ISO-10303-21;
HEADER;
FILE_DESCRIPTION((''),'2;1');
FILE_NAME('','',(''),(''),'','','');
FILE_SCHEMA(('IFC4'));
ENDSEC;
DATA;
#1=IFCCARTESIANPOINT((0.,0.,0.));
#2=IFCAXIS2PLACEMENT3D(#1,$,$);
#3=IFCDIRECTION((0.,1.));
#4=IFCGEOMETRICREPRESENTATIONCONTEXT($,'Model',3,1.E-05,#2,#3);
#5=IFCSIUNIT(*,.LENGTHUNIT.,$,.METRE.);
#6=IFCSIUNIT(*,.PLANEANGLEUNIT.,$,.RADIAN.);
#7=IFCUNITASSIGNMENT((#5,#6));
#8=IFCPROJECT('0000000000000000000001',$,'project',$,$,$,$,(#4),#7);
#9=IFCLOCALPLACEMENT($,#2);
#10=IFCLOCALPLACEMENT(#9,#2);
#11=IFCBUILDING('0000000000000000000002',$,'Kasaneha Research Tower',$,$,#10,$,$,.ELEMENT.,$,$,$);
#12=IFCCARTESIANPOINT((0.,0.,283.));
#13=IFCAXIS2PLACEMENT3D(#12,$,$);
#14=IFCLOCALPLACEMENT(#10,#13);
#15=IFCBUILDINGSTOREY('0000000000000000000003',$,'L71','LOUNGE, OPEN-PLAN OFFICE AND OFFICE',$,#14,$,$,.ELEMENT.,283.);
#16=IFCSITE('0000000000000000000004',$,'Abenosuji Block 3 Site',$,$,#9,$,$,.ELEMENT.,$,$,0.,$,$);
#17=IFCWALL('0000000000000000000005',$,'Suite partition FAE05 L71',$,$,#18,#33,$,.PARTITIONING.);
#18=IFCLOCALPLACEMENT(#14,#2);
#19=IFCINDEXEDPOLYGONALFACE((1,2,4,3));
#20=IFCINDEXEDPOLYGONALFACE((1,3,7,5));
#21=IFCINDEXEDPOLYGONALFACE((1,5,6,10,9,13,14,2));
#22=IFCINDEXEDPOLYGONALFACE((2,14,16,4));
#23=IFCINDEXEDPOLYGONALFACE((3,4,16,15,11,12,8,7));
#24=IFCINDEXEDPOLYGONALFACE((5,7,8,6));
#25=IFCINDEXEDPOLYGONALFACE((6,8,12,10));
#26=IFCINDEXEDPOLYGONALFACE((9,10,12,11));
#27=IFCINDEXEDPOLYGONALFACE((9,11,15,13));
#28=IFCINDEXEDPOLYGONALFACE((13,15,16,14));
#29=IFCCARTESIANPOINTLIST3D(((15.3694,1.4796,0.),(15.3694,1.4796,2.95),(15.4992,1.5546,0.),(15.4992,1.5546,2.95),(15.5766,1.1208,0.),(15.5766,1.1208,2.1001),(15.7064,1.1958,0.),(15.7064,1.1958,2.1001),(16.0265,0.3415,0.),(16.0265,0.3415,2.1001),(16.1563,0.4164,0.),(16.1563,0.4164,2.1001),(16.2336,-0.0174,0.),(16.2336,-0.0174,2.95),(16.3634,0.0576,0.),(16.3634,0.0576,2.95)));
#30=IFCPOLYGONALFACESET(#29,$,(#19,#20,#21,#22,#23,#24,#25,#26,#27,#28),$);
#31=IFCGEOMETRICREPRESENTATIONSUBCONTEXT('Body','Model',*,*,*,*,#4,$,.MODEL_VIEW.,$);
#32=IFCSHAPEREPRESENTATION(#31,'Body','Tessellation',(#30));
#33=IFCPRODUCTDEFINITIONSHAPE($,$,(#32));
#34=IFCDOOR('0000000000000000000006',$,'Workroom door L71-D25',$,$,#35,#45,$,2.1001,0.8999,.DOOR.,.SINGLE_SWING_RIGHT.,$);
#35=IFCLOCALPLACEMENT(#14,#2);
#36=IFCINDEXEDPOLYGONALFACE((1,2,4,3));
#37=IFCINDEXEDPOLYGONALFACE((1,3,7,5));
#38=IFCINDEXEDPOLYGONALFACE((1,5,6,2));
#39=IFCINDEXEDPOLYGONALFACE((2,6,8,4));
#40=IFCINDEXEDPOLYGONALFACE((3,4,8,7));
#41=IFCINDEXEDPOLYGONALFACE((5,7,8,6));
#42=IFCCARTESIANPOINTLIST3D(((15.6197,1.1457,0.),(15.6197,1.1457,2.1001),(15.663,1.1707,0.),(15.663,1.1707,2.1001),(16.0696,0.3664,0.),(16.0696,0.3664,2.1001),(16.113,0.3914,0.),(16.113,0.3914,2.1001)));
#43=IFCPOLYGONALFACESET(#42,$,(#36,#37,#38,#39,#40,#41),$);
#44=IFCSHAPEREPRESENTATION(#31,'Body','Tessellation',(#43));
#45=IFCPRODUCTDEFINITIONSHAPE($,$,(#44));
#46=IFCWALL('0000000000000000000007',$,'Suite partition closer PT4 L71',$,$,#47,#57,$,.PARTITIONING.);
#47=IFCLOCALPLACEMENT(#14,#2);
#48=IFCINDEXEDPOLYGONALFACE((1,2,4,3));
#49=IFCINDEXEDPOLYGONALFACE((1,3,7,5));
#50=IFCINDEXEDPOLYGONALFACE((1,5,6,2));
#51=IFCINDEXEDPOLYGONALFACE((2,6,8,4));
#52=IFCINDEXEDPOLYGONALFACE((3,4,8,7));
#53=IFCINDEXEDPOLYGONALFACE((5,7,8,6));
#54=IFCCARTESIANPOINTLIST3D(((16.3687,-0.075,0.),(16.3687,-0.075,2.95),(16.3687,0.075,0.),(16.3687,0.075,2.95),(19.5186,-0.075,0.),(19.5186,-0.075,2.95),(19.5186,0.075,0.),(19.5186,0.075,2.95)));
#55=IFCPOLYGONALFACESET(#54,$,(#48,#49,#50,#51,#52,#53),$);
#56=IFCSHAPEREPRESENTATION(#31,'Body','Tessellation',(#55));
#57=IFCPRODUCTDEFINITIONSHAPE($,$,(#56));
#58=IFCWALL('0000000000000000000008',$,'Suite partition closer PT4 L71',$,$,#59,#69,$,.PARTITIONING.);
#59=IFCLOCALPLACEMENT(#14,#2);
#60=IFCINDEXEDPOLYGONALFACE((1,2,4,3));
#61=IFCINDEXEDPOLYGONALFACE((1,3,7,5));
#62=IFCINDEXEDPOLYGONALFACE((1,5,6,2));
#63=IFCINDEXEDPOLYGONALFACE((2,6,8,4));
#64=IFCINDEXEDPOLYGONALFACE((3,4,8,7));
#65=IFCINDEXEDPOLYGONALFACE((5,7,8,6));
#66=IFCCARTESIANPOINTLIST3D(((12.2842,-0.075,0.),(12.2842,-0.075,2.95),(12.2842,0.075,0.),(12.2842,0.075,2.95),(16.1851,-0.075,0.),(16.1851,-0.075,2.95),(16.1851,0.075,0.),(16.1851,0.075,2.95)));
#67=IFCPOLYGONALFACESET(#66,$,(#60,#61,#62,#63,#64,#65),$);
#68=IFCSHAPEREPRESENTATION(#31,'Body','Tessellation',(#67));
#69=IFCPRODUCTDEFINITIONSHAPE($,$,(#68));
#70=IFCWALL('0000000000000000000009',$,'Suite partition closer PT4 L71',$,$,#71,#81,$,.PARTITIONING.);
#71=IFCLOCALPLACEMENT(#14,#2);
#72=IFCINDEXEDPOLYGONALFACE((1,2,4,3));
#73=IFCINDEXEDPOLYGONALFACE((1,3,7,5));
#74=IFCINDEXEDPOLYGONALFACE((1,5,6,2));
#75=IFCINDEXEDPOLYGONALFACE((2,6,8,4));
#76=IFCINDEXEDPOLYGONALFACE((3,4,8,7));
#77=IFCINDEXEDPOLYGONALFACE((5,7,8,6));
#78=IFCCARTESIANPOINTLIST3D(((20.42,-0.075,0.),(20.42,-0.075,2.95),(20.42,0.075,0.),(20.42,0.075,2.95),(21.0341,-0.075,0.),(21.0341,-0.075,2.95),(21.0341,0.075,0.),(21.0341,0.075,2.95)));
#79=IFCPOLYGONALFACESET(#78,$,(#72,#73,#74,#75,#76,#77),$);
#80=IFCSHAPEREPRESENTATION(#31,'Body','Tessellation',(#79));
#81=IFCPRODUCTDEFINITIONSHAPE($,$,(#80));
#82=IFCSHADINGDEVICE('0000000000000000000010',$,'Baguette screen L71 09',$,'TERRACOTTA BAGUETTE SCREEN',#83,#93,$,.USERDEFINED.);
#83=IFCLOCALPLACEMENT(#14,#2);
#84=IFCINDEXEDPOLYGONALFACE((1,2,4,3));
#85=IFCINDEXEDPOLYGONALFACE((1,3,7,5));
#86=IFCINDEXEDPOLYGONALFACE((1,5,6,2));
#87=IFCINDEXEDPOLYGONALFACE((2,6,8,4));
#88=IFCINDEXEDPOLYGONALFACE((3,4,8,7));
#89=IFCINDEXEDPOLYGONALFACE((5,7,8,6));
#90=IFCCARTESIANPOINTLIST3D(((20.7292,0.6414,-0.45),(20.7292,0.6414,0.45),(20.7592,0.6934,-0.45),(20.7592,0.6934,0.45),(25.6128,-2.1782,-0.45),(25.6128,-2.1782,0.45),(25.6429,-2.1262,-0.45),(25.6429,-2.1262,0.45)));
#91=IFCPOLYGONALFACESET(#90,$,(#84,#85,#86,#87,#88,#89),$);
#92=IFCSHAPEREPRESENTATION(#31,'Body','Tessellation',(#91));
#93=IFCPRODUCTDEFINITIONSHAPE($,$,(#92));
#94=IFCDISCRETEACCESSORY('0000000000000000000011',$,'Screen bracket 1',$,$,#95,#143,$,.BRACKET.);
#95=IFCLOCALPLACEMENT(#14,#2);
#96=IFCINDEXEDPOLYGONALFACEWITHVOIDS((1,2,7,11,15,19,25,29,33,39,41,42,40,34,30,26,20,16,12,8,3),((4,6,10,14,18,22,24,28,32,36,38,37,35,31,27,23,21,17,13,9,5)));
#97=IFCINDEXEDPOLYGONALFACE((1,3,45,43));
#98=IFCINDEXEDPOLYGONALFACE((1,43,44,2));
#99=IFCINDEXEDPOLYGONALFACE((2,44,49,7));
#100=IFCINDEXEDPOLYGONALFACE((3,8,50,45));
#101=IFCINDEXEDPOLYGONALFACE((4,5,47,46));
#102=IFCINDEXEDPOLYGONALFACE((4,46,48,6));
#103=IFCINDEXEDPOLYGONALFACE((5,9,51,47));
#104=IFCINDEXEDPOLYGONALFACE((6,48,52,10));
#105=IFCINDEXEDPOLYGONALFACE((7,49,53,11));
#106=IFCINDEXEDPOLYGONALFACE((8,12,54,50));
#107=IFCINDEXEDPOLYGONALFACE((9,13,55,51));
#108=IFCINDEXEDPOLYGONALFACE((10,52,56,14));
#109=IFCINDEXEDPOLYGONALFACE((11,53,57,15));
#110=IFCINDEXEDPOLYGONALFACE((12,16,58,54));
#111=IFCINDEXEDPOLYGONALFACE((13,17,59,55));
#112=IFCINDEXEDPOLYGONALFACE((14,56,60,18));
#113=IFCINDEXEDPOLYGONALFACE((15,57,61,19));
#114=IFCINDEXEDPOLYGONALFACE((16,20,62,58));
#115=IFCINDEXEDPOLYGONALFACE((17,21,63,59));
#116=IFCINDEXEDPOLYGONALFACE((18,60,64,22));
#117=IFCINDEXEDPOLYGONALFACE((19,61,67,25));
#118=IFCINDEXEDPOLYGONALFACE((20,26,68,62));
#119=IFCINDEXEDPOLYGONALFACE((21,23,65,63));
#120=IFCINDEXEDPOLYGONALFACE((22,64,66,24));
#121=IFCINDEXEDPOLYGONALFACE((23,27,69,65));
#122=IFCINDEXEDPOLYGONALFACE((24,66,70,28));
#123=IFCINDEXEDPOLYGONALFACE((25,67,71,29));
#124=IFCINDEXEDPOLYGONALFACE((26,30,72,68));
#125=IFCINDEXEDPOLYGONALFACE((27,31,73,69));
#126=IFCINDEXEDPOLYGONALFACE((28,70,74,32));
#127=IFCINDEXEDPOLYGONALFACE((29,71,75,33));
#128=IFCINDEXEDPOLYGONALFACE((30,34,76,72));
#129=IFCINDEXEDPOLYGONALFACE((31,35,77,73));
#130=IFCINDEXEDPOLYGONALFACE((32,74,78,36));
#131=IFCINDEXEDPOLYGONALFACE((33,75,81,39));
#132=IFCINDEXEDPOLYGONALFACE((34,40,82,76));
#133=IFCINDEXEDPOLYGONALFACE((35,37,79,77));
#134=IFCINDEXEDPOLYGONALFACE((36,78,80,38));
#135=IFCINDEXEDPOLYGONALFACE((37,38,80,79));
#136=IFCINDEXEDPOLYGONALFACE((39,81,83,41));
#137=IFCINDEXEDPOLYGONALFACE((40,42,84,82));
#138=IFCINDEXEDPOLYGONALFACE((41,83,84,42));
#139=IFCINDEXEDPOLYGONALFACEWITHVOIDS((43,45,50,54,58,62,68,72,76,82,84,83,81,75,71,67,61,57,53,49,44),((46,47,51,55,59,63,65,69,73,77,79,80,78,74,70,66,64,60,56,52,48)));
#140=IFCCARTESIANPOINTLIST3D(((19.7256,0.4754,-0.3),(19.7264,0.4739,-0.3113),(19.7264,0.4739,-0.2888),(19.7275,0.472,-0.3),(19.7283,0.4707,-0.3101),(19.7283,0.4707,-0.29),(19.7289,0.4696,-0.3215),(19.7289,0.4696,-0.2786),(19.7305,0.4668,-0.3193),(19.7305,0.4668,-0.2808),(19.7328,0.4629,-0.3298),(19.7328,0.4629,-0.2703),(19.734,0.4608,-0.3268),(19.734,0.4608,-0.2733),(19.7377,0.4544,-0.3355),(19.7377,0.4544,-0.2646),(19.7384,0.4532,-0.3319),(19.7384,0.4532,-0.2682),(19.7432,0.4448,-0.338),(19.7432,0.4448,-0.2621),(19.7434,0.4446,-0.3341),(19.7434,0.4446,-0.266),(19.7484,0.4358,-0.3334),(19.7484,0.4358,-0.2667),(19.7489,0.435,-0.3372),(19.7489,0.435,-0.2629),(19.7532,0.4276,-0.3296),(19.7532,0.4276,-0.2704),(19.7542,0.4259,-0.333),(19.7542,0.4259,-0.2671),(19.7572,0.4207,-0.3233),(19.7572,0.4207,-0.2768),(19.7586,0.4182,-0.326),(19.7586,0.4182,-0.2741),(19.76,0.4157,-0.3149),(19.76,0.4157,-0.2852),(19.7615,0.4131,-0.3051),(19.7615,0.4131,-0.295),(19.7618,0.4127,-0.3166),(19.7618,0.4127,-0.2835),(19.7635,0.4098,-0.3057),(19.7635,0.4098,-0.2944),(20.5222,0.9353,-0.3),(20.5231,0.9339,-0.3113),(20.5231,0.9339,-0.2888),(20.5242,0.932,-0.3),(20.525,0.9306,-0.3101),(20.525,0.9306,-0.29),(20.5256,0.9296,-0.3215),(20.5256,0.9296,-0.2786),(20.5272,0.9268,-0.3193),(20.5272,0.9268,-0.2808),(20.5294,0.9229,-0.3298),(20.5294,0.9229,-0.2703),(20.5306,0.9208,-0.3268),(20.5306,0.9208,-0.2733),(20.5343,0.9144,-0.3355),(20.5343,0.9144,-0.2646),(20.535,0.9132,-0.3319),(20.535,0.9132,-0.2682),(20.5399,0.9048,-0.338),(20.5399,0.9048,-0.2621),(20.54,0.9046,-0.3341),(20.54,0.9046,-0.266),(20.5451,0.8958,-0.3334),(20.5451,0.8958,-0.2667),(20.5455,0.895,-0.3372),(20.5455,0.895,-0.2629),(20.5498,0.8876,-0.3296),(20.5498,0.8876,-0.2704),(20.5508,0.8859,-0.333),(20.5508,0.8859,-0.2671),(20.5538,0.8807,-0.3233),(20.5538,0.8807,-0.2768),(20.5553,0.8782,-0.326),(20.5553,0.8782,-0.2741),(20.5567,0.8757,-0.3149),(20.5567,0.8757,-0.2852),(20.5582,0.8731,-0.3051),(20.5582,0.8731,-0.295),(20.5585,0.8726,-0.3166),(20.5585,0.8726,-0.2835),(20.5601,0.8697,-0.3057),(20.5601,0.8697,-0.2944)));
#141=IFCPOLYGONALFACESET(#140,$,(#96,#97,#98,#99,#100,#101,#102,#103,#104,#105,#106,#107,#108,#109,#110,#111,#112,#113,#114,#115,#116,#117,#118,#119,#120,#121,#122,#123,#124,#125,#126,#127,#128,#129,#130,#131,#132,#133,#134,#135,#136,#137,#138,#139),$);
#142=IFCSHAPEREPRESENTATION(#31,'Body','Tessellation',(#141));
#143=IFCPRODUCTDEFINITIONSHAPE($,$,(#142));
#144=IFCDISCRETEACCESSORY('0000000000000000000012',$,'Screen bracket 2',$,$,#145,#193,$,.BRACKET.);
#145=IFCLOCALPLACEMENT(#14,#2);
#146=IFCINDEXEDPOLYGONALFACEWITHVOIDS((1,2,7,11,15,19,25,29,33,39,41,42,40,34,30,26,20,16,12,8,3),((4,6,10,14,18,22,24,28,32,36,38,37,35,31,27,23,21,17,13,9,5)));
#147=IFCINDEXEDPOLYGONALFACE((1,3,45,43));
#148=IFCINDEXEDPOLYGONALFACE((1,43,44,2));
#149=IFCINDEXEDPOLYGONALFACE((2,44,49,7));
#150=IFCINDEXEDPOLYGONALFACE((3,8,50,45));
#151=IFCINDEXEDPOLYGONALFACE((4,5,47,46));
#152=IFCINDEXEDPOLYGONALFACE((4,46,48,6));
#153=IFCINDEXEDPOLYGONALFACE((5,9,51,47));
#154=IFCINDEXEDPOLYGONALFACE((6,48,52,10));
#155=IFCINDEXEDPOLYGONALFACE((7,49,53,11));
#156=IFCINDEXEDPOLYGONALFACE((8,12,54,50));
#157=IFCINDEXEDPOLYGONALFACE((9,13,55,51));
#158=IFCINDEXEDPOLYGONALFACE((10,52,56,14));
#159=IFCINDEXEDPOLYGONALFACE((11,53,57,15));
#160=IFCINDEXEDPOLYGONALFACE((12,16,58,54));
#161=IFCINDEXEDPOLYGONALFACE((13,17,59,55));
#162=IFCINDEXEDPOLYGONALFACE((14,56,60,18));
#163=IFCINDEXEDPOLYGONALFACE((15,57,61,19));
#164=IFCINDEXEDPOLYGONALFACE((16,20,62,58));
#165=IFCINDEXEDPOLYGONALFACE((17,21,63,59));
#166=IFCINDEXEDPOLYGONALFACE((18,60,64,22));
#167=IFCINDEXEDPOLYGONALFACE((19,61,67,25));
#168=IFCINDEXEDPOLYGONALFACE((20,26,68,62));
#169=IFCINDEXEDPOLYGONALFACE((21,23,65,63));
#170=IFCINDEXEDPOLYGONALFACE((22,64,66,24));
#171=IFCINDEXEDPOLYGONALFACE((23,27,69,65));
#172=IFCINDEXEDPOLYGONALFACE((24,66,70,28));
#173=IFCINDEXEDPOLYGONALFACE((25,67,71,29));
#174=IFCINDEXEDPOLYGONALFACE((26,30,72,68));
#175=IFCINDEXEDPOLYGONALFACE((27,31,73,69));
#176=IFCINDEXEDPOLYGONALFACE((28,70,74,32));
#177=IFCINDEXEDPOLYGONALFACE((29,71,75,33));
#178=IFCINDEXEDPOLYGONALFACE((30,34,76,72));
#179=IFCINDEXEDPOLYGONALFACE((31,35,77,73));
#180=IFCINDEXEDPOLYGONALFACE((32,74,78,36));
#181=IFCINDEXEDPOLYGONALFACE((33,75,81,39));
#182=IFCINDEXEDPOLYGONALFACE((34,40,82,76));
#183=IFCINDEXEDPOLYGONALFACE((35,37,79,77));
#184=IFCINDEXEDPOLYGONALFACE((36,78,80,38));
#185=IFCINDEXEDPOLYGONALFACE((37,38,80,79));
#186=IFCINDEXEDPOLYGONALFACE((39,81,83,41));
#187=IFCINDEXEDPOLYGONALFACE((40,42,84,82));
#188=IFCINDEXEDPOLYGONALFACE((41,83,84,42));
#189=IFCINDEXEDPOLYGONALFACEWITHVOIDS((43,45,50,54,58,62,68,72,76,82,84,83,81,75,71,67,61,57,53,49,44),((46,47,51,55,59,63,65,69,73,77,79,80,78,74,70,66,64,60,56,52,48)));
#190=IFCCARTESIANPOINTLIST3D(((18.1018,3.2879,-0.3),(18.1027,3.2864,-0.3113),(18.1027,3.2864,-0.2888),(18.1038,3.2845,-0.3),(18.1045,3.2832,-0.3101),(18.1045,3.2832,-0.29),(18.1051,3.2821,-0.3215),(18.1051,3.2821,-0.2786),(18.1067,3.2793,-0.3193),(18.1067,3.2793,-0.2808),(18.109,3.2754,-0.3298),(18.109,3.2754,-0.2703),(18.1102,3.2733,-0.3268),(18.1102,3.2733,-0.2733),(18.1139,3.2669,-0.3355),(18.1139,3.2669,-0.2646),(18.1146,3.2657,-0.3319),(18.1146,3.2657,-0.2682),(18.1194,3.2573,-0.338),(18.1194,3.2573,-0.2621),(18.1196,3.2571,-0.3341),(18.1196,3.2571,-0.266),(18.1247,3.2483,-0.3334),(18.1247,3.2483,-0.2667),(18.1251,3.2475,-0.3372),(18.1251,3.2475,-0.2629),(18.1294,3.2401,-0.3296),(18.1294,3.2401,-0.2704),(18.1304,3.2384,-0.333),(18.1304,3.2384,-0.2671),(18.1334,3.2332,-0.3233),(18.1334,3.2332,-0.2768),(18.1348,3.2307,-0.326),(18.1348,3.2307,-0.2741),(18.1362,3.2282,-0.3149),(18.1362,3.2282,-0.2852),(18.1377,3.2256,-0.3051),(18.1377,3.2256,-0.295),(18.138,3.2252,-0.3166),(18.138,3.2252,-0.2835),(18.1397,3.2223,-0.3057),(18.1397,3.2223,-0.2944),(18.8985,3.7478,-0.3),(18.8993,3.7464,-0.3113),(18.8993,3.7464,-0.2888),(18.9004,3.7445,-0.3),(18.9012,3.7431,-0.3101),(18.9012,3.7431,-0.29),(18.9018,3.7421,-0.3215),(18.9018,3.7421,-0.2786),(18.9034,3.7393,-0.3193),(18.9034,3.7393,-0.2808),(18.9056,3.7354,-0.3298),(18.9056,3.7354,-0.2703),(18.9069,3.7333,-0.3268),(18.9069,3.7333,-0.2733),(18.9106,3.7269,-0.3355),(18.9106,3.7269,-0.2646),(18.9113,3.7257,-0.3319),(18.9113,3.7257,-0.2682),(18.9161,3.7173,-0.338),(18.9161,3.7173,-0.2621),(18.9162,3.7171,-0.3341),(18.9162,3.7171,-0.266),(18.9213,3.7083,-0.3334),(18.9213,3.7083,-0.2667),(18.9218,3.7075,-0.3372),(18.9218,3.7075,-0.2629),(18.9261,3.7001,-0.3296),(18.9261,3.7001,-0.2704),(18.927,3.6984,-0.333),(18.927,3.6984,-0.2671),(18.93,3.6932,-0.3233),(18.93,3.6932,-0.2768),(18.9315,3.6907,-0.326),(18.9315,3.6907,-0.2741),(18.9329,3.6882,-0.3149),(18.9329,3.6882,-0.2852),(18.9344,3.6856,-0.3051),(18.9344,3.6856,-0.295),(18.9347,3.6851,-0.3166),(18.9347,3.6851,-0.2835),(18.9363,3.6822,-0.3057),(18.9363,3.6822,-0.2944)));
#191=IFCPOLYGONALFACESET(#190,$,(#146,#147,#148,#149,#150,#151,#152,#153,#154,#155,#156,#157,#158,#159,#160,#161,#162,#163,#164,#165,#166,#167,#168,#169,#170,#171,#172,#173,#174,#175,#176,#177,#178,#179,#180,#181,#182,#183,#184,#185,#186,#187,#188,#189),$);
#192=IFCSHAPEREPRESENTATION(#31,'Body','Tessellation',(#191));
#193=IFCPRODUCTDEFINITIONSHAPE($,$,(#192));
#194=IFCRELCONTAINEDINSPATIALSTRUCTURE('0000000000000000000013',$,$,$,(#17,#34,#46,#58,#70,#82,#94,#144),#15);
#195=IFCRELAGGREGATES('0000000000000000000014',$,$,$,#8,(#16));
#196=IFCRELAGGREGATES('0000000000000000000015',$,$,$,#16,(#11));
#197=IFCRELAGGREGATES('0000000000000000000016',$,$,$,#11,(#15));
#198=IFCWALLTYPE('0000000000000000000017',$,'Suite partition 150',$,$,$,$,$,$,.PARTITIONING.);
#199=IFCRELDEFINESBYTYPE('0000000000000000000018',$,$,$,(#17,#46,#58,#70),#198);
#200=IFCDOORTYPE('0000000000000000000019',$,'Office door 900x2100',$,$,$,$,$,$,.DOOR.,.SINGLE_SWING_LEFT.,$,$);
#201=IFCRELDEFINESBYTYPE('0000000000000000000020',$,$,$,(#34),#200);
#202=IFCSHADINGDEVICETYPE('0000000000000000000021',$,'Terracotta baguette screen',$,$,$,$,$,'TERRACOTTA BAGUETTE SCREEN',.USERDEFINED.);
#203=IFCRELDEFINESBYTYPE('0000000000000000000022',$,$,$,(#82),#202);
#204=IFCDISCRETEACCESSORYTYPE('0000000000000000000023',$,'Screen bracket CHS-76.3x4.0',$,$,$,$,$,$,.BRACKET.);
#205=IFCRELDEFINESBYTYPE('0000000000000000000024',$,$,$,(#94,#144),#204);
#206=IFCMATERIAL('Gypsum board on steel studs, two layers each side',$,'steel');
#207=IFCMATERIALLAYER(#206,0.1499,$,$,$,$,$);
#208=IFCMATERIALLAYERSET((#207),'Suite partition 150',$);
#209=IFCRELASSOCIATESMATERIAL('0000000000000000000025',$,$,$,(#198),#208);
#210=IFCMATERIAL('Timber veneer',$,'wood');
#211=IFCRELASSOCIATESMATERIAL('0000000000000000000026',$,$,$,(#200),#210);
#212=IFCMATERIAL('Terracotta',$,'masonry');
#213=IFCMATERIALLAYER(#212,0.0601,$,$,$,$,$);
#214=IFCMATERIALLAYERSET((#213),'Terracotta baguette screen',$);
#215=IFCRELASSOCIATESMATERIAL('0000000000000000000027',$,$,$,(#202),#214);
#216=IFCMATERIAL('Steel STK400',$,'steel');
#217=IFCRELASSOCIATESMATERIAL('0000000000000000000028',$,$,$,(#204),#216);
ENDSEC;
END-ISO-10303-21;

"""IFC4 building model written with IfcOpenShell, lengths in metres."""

from ifc_helpers import new_model, si_unit, direction, frame, frame_2d, origin, origin_2d, place, context, subcontext, project, spatial, rectangle, hollow_circle, extrude, material, layer, layer_set, material_profile, profile_set, type_object, element, fill, save


model = new_model("IFC4")

# Units and contexts
model_context = context("Model", 3, precision=1e-05, world=origin(), true_north=direction((0.0, 1.0)))
body_context = subcontext(model_context, "Body", "Model", "MODEL_VIEW")
ifc_project = project(units=[si_unit("LENGTHUNIT", "METRE"), si_unit("PLANEANGLEUNIT", "RADIAN")], contexts=[model_context])

# Site, building, storey
site_placement = place(None, origin())
site = spatial("IfcSite", under=ifc_project, at=site_placement, Name="Abenosuji Block 3 Site", CompositionType="ELEMENT", RefElevation=0.0)
building_placement = place(site_placement, origin())
building = spatial("IfcBuilding", under=site, at=building_placement, Name="Kasaneha Research Tower", CompositionType="ELEMENT")
storey_placement = place(building_placement, frame((0.0, 0.0, 283.0)))
storey = spatial("IfcBuildingStorey", under=building, at=storey_placement, Name="L71", Description="LOUNGE, OPEN-PLAN OFFICE AND OFFICE", CompositionType="ELEMENT", Elevation=283.0)

# Wall, opening, door
ifc_material_1 = material(Name="Gypsum board on steel studs, two layers each side", Category="steel")
ifc_layer_1 = layer(ifc_material_1, 0.1499)
ifc_layer_set_1 = layer_set([ifc_layer_1], Name="Suite partition 150")
wall_type_1 = type_object("IfcWallType", Name="Suite partition 150", PredefinedType="PARTITIONING", material=ifc_layer_set_1)
wall_1_placement = place(storey_placement, frame((15.4343, 1.5171, 0.0), z_axis=(0.0, 0.0, 1.0), x_axis=(0.499967, -0.866044, 0.0)))
wall_1 = element("IfcWall", 1, at=wall_1_placement, inside=storey, type_object=wall_type_1, Name="Suite partition FAE05 L71", PredefinedType="PARTITIONING", context=body_context, shape_type="SweptSolid", body=[
    extrude(rectangle(XDim=1.7285, YDim=0.1499, at=frame_2d((0.8643, 0.0))), origin(), (0.0, 0.0, 1.0), 2.95),
])
opening_1_placement = place(wall_1_placement, frame((0.4143, 0.0, 0.0)))
opening_1 = element("IfcOpeningElement", 2, at=opening_1_placement, cuts=wall_1, PredefinedType="OPENING", context=body_context, shape_type="SweptSolid", body=[
    extrude(rectangle(XDim=0.8999, YDim=2.1001, at=frame_2d((0.45, 1.05))), frame((0.0, 0.085, 0.0), z_axis=(0.0, -1.0, 0.0), x_axis=(1.0, 0.0, 0.0)), (0.0, 0.0, 1.0), 0.1699),
])
ifc_material_2 = material(Name="Timber veneer", Category="wood")
door_type_1 = type_object("IfcDoorType", Name="Office door 900x2100", OperationType="SINGLE_SWING_LEFT", PredefinedType="DOOR", material=ifc_material_2)
door_1_placement = place(opening_1_placement, origin())
door_1 = element("IfcDoor", 3, at=door_1_placement, inside=storey, type_object=door_type_1, Name="Workroom door L71-D25", OperationType="SINGLE_SWING_RIGHT", OverallHeight=2.1001, OverallWidth=0.8999, PredefinedType="DOOR", context=body_context, shape_type="SweptSolid", body=[
    extrude(rectangle(XDim=0.8999, YDim=2.1001, at=frame_2d((0.45, 1.05))), frame((0.0, 0.0249, 0.0), z_axis=(0.0, -1.0, 0.0), x_axis=(1.0, 0.0, 0.0)), (0.0, 0.0, 1.0), 0.05),
])
fill(opening_1, door_1)

# Walls
wall_2_placement = place(storey_placement, frame((19.5186, 0.0, 0.0), z_axis=(0.0, 0.0, 1.0), x_axis=(-1.0, 0.0, 0.0)))
element("IfcWall", 4, at=wall_2_placement, inside=storey, type_object=wall_type_1, Name="Suite partition closer PT4 L71", PredefinedType="PARTITIONING", context=body_context, shape_type="SweptSolid", body=[
    extrude(rectangle(XDim=3.1499, YDim=0.1499, at=frame_2d((1.575, 0.0))), origin(), (0.0, 0.0, 1.0), 2.95),
])
wall_3_placement = place(storey_placement, frame((12.2842, 0.0, 0.0), z_axis=(0.0, 0.0, 1.0), x_axis=(1.0, 0.0, 0.0)))
element("IfcWall", 5, at=wall_3_placement, inside=storey, type_object=wall_type_1, Name="Suite partition closer PT4 L71", PredefinedType="PARTITIONING", context=body_context, shape_type="SweptSolid", body=[
    extrude(rectangle(XDim=3.9009, YDim=0.1499, at=frame_2d((1.9504, 0.0))), origin(), (0.0, 0.0, 1.0), 2.95),
])
wall_4_placement = place(storey_placement, frame((20.4199, 0.0, 0.0), z_axis=(0.0, 0.0, 1.0), x_axis=(1.0, 0.0, 0.0)))
element("IfcWall", 6, at=wall_4_placement, inside=storey, type_object=wall_type_1, Name="Suite partition closer PT4 L71", PredefinedType="PARTITIONING", context=body_context, shape_type="SweptSolid", body=[
    extrude(rectangle(XDim=0.614, YDim=0.1499, at=frame_2d((0.3071, 0.0))), origin(), (0.0, 0.0, 1.0), 2.95),
])

# Shading device
ifc_material_3 = material(Name="Terracotta", Category="masonry")
ifc_layer_2 = layer(ifc_material_3, 0.0601)
ifc_layer_set_2 = layer_set([ifc_layer_2], Name="Terracotta baguette screen")
shading_device_type = type_object("IfcShadingDeviceType", Name="Terracotta baguette screen", ElementType="TERRACOTTA BAGUETTE SCREEN", PredefinedType="USERDEFINED", material=ifc_layer_set_2)
shading_device_placement = place(storey_placement, frame((23.186, -0.7424, -0.45), z_axis=(0.0, 0.0, 1.0), x_axis=(-0.866025, 0.5, 0.0)))
element("IfcShadingDevice", 7, at=shading_device_placement, inside=storey, type_object=shading_device_type, Name="Baguette screen L71 09", ObjectType="TERRACOTTA BAGUETTE SCREEN", PredefinedType="USERDEFINED", context=body_context, shape_type="SweptSolid", body=[
    extrude(rectangle(XDim=5.6392, YDim=0.0601, at=origin_2d()), origin(), (0.0, 0.0, 1.0), 0.8999),
])

# Discrete accessories
ifc_material_4 = material(Name="Steel STK400", Category="steel")
ifc_material_profile_1 = material_profile(ifc_material_4, hollow_circle(Radius=0.0381, WallThickness=0.0039, at=origin_2d()), Name="CHS-76.3x4.0")
ifc_profile_set_1 = profile_set([ifc_material_profile_1], Name="Steel STK400")
discrete_accessory_type = type_object("IfcDiscreteAccessoryType", Name="Screen bracket CHS-76.3x4.0", PredefinedType="BRACKET", material=ifc_profile_set_1)
for number, where, z_axis, x_axis, name in (
    (8, (19.7446, 0.4424, -0.3), (0.866013, 0.500021, 0.0), (-0.500021, 0.866013, 0.0), "Screen bracket 1"),
    (9, (18.1208, 3.2549, -0.3), (0.866013, 0.500021, 0.0), (-0.500021, 0.866013, 0.0), "Screen bracket 2"),
):
    element("IfcDiscreteAccessory", number, at=place(storey_placement, frame(where, z_axis=z_axis, x_axis=x_axis)), inside=storey, type_object=discrete_accessory_type, Name=name, PredefinedType="BRACKET", context=body_context, shape_type="SweptSolid", body=[
        extrude(hollow_circle(Radius=0.0381, WallThickness=0.0039, at=origin_2d()), origin(), (0.0, 0.0, 1.0), 0.9199),
    ])

save(model, "model.ifc")
